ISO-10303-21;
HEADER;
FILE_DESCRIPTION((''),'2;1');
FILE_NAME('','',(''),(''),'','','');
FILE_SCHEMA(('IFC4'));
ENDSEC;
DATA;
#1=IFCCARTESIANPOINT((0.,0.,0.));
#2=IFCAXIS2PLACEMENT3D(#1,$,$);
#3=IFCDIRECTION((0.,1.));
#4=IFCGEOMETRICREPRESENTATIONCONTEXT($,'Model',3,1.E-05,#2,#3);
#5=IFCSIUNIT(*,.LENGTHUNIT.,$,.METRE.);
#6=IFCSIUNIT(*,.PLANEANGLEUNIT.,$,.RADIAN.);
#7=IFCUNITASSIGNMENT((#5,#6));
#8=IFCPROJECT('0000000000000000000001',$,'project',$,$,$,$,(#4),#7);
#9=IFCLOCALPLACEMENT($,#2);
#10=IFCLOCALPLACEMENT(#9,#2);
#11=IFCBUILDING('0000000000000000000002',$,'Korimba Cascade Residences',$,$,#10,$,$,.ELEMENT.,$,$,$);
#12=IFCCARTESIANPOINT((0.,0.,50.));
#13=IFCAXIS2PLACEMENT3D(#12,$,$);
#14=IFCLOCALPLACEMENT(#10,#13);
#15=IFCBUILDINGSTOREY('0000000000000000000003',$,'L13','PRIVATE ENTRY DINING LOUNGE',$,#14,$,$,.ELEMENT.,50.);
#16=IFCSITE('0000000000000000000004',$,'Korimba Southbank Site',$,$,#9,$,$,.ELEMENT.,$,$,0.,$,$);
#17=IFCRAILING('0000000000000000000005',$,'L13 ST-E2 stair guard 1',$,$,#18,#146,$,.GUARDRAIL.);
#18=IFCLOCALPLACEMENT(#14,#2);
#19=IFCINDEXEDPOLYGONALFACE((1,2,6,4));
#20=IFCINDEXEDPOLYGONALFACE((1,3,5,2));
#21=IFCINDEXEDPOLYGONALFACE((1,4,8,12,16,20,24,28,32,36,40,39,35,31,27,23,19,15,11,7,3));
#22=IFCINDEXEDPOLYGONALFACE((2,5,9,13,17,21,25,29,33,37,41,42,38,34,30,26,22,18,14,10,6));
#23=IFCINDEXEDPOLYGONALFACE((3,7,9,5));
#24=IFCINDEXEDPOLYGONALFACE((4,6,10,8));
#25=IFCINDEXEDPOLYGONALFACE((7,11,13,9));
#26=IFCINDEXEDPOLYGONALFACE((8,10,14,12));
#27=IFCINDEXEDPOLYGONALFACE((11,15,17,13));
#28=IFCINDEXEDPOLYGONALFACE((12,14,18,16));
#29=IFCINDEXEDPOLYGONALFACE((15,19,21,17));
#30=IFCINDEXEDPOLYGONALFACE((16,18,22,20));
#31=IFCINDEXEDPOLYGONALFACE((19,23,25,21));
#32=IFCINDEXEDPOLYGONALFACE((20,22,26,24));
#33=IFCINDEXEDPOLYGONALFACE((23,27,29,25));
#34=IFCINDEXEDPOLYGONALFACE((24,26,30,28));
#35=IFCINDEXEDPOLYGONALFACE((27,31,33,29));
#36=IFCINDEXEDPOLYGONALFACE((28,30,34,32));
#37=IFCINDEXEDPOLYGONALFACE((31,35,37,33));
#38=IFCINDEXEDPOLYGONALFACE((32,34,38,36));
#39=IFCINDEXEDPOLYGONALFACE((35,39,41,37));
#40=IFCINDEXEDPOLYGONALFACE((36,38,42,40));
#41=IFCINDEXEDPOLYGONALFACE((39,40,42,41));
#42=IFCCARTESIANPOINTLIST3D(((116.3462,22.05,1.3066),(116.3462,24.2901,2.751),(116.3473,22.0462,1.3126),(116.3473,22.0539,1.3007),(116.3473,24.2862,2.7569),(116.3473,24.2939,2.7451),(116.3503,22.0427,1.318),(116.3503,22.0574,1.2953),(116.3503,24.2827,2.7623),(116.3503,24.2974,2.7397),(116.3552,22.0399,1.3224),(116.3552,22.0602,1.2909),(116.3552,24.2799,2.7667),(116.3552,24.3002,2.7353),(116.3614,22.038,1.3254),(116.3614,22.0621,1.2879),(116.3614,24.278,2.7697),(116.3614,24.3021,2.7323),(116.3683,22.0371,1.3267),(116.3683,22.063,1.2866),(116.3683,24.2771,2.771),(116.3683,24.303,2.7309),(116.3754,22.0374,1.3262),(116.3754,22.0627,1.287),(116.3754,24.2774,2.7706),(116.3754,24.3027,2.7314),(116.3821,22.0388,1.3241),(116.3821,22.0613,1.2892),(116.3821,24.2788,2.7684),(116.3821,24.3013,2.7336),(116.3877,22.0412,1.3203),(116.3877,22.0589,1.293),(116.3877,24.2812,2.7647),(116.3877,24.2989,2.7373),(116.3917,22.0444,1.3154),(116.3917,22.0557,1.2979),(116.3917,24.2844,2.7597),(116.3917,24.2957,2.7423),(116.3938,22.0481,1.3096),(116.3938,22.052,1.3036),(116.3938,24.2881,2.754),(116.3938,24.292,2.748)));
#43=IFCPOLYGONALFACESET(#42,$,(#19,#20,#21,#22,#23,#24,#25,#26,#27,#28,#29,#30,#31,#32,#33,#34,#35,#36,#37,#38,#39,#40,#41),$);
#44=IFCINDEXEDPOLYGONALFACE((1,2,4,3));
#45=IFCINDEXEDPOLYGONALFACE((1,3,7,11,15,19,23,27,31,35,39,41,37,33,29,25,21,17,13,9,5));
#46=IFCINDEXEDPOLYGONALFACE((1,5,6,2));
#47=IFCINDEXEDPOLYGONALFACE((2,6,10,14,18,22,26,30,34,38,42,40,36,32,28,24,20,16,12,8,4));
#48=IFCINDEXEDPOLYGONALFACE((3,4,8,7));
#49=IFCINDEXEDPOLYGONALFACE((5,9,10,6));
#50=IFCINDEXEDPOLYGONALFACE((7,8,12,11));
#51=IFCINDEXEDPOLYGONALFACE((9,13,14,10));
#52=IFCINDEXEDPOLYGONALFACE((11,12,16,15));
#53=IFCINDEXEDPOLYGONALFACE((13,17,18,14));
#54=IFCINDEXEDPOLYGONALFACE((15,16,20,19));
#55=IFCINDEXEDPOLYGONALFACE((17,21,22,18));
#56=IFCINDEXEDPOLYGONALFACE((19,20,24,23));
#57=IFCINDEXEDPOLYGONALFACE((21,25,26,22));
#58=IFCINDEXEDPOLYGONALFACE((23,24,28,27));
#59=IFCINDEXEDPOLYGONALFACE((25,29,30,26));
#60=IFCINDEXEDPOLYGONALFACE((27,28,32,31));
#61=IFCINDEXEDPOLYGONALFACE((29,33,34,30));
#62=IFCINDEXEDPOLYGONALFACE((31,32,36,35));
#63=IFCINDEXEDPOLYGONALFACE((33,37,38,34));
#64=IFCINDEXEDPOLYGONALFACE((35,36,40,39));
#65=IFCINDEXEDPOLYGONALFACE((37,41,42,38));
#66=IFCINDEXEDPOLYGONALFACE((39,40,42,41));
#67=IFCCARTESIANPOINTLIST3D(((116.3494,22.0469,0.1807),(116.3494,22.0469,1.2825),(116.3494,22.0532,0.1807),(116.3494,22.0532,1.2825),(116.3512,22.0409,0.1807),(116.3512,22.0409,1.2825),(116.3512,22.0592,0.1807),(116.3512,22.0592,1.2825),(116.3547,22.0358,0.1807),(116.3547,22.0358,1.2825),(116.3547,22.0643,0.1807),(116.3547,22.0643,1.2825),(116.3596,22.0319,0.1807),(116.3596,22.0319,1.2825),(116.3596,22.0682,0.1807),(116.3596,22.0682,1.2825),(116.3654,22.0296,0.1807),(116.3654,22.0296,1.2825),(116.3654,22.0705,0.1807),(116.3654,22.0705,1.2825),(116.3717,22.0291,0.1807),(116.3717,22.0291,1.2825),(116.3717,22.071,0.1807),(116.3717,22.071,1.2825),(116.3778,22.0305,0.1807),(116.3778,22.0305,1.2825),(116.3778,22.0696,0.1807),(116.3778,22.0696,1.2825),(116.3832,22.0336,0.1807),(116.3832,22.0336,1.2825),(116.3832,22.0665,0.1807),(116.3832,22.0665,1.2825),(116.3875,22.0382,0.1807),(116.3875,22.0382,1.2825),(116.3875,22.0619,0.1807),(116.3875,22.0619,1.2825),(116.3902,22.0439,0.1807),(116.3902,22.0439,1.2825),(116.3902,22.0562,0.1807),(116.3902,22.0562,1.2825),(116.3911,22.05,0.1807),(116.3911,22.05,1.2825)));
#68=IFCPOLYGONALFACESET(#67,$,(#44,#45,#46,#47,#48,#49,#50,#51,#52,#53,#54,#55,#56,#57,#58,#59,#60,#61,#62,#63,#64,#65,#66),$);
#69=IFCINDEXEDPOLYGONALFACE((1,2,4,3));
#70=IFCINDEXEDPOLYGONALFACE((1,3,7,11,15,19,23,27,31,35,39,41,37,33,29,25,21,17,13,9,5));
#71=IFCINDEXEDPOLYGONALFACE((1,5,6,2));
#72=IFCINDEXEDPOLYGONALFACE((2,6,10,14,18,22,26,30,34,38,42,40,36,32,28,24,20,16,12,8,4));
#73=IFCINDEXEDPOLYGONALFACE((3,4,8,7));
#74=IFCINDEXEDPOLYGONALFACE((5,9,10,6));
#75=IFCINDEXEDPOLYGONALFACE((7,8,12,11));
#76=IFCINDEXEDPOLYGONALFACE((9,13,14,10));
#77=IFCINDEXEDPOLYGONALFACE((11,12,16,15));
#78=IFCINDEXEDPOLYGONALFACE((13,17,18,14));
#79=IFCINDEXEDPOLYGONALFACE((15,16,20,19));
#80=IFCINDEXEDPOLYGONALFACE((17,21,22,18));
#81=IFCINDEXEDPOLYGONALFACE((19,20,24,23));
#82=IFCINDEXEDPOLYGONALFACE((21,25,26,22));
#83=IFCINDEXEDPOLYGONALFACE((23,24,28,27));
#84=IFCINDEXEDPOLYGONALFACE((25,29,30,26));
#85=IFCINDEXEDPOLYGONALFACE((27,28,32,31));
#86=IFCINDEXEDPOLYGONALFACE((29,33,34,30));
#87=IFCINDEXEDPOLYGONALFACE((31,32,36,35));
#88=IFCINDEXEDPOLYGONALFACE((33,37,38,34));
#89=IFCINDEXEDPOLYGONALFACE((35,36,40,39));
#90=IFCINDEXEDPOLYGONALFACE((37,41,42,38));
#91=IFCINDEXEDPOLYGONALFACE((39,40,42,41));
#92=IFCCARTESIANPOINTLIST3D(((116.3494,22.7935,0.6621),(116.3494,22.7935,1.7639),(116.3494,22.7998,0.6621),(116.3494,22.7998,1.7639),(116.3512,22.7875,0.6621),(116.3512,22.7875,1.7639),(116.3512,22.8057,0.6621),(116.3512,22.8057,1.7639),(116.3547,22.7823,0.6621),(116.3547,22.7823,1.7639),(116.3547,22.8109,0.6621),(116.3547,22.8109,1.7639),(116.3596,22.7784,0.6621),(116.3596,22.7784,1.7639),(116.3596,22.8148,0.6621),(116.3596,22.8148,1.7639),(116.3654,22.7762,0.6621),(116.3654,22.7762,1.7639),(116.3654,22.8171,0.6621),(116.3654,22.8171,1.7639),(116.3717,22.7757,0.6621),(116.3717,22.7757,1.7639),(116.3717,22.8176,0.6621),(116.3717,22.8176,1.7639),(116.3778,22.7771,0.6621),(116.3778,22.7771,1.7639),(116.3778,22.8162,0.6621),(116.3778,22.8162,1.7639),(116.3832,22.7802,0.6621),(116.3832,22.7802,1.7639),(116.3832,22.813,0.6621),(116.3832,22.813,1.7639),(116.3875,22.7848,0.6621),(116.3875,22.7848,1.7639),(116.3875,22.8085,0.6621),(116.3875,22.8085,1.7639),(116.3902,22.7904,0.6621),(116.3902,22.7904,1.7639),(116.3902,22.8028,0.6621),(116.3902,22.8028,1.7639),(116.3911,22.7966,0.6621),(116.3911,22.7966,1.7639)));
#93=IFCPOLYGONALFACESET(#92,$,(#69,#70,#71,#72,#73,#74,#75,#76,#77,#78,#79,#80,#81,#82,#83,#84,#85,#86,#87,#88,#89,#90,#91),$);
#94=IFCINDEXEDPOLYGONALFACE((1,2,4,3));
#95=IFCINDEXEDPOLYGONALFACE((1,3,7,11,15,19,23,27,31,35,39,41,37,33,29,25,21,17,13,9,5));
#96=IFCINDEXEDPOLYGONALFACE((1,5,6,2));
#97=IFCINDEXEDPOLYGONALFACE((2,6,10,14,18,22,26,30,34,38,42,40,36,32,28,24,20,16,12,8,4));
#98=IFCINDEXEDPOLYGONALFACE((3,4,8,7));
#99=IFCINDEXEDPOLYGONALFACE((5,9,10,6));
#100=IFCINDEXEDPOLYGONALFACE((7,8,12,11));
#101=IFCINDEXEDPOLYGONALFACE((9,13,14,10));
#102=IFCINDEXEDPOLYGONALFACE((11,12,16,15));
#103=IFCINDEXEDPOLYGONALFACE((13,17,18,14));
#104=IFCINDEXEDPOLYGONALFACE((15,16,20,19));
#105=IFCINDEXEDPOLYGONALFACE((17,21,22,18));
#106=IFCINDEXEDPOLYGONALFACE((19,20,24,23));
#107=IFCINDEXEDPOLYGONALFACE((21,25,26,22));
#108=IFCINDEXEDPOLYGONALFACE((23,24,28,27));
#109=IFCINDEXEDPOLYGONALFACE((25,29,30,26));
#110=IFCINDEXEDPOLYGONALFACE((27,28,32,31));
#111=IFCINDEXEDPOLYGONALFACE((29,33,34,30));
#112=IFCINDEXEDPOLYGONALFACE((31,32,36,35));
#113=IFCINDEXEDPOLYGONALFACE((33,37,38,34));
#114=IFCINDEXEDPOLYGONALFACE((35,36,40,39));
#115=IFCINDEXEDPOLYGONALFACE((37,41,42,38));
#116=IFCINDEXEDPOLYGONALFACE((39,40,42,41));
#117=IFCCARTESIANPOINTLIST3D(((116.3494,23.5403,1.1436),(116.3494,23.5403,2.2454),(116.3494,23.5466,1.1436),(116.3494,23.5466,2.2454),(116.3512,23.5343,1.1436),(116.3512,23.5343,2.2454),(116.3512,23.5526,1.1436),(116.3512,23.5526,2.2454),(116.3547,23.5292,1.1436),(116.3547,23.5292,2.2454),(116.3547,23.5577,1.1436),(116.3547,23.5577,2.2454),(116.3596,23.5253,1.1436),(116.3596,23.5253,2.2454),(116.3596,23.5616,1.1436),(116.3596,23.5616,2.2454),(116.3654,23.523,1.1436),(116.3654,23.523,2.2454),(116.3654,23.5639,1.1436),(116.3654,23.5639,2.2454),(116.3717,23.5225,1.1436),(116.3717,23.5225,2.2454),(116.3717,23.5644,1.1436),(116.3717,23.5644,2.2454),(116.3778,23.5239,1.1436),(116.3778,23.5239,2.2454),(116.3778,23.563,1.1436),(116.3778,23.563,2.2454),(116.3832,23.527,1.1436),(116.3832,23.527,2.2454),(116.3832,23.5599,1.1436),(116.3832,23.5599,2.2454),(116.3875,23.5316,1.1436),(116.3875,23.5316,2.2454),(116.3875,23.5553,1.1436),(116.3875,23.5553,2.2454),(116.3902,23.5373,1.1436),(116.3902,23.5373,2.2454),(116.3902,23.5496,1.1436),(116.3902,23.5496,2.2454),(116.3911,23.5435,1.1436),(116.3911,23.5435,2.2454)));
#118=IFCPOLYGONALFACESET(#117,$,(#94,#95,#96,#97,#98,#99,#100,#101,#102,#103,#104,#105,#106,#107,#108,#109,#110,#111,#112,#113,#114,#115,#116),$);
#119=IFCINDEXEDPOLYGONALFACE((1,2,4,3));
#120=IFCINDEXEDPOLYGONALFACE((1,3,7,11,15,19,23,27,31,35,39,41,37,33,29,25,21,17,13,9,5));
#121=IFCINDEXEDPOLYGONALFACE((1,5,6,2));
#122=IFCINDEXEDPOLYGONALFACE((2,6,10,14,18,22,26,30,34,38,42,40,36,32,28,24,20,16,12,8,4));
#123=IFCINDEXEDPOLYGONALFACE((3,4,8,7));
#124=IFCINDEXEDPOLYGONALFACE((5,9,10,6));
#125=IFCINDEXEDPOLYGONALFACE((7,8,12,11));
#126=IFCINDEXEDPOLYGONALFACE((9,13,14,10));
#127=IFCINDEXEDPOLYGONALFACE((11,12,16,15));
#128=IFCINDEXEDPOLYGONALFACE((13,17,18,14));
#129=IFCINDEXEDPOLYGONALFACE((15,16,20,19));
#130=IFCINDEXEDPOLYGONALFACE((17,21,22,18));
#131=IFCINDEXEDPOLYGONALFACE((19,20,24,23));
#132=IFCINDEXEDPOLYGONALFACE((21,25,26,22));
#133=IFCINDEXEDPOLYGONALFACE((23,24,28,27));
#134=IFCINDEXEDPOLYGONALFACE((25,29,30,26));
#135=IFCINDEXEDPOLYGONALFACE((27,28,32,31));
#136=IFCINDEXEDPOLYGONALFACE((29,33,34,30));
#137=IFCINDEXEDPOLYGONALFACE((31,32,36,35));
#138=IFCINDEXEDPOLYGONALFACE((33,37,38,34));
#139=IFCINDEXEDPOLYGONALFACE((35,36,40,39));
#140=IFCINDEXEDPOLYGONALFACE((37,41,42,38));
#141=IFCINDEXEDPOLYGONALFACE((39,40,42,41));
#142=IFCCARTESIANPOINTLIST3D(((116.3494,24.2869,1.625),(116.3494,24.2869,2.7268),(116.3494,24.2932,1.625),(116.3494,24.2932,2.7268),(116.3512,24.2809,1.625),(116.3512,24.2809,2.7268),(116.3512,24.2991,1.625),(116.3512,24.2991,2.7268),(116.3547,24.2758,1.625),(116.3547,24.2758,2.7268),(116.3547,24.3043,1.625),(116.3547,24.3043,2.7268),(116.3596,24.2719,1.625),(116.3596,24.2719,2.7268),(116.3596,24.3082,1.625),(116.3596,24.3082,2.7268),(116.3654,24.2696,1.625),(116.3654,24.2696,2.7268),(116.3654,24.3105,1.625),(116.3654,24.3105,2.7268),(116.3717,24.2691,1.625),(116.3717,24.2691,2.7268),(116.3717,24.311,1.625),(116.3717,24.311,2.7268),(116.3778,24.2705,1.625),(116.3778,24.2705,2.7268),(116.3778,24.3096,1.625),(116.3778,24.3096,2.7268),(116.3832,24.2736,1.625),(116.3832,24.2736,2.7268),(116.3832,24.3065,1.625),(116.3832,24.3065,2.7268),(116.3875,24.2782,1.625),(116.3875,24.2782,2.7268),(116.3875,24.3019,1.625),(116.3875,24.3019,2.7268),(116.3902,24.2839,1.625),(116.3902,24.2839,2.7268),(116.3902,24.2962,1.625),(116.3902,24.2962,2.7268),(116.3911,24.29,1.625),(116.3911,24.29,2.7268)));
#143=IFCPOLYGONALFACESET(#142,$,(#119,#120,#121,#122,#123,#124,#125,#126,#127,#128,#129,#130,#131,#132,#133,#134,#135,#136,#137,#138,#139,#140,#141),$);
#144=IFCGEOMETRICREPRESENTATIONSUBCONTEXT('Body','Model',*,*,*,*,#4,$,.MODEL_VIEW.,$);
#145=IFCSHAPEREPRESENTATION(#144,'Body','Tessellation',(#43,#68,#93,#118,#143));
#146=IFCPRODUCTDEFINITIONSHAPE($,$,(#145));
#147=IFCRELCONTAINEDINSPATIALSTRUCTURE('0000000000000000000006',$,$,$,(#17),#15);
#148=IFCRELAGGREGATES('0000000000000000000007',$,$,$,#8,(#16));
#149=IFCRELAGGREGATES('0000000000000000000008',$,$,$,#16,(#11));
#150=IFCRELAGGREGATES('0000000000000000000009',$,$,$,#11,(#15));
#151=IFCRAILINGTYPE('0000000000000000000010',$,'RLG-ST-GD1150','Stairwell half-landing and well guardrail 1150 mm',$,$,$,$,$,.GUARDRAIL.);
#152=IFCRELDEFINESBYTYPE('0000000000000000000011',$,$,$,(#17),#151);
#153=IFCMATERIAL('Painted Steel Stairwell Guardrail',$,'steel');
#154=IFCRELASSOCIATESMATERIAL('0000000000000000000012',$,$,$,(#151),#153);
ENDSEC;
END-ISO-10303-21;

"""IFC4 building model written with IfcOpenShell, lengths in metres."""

from ifc_helpers import new_model, si_unit, direction, frame, origin, origin_2d, place, context, subcontext, project, spatial, circle, extrude, material, type_object, element, save


model = new_model("IFC4")

# Units and contexts
model_context = context("Model", 3, precision=1e-05, world=origin(), true_north=direction((0.0, 1.0)))
body_context = subcontext(model_context, "Body", "Model", "MODEL_VIEW")
ifc_project = project(units=[si_unit("LENGTHUNIT", "METRE"), si_unit("PLANEANGLEUNIT", "RADIAN")], contexts=[model_context])

# Site, building, storey
site_placement = place(None, origin())
site = spatial("IfcSite", under=ifc_project, at=site_placement, Name="Korimba Southbank Site", CompositionType="ELEMENT", RefElevation=0.0)
building_placement = place(site_placement, origin())
building = spatial("IfcBuilding", under=site, at=building_placement, Name="Korimba Cascade Residences", CompositionType="ELEMENT")
storey_placement = place(building_placement, frame((0.0, 0.0, 50.0)))
storey = spatial("IfcBuildingStorey", under=building, at=storey_placement, Name="L13", Description="PRIVATE ENTRY DINING LOUNGE", CompositionType="ELEMENT", Elevation=50.0)

# Railing
ifc_material_1 = material(Name="Painted Steel Stairwell Guardrail", Category="steel")
railing_type_1 = type_object("IfcRailingType", Name="RLG-ST-GD1150", Description="Stairwell half-landing and well guardrail 1150 mm", PredefinedType="GUARDRAIL", material=ifc_material_1)
railing_1_placement = place(storey_placement, frame((116.3701, 22.05, 0.1807)))
element("IfcRailing", 1, at=railing_1_placement, inside=storey, type_object=railing_type_1, Name="L13 ST-E2 stair guard 1", PredefinedType="GUARDRAIL", context=body_context, shape_type="SweptSolid", body=[
    extrude(circle(Radius=0.0239, at=origin_2d()), frame((0.0, 0.0, 1.126), z_axis=(0.0, 0.840437, 0.54191), x_axis=(-1.0, 0.0, 0.0)), (0.0, 0.0, 1.0), 2.6653),
    extrude(circle(Radius=0.021, at=origin_2d()), origin(), (0.0, 0.0, 1.0), 1.1018),
    extrude(circle(Radius=0.021, at=origin_2d()), frame((0.0, 0.7466, 0.4814)), (0.0, 0.0, 1.0), 1.1018),
    extrude(circle(Radius=0.021, at=origin_2d()), frame((0.0, 1.4934, 0.9629)), (0.0, 0.0, 1.0), 1.1018),
    extrude(circle(Radius=0.021, at=origin_2d()), frame((0.0, 2.24, 1.4443)), (0.0, 0.0, 1.0), 1.1018),
])

save(model, "model.ifc")
